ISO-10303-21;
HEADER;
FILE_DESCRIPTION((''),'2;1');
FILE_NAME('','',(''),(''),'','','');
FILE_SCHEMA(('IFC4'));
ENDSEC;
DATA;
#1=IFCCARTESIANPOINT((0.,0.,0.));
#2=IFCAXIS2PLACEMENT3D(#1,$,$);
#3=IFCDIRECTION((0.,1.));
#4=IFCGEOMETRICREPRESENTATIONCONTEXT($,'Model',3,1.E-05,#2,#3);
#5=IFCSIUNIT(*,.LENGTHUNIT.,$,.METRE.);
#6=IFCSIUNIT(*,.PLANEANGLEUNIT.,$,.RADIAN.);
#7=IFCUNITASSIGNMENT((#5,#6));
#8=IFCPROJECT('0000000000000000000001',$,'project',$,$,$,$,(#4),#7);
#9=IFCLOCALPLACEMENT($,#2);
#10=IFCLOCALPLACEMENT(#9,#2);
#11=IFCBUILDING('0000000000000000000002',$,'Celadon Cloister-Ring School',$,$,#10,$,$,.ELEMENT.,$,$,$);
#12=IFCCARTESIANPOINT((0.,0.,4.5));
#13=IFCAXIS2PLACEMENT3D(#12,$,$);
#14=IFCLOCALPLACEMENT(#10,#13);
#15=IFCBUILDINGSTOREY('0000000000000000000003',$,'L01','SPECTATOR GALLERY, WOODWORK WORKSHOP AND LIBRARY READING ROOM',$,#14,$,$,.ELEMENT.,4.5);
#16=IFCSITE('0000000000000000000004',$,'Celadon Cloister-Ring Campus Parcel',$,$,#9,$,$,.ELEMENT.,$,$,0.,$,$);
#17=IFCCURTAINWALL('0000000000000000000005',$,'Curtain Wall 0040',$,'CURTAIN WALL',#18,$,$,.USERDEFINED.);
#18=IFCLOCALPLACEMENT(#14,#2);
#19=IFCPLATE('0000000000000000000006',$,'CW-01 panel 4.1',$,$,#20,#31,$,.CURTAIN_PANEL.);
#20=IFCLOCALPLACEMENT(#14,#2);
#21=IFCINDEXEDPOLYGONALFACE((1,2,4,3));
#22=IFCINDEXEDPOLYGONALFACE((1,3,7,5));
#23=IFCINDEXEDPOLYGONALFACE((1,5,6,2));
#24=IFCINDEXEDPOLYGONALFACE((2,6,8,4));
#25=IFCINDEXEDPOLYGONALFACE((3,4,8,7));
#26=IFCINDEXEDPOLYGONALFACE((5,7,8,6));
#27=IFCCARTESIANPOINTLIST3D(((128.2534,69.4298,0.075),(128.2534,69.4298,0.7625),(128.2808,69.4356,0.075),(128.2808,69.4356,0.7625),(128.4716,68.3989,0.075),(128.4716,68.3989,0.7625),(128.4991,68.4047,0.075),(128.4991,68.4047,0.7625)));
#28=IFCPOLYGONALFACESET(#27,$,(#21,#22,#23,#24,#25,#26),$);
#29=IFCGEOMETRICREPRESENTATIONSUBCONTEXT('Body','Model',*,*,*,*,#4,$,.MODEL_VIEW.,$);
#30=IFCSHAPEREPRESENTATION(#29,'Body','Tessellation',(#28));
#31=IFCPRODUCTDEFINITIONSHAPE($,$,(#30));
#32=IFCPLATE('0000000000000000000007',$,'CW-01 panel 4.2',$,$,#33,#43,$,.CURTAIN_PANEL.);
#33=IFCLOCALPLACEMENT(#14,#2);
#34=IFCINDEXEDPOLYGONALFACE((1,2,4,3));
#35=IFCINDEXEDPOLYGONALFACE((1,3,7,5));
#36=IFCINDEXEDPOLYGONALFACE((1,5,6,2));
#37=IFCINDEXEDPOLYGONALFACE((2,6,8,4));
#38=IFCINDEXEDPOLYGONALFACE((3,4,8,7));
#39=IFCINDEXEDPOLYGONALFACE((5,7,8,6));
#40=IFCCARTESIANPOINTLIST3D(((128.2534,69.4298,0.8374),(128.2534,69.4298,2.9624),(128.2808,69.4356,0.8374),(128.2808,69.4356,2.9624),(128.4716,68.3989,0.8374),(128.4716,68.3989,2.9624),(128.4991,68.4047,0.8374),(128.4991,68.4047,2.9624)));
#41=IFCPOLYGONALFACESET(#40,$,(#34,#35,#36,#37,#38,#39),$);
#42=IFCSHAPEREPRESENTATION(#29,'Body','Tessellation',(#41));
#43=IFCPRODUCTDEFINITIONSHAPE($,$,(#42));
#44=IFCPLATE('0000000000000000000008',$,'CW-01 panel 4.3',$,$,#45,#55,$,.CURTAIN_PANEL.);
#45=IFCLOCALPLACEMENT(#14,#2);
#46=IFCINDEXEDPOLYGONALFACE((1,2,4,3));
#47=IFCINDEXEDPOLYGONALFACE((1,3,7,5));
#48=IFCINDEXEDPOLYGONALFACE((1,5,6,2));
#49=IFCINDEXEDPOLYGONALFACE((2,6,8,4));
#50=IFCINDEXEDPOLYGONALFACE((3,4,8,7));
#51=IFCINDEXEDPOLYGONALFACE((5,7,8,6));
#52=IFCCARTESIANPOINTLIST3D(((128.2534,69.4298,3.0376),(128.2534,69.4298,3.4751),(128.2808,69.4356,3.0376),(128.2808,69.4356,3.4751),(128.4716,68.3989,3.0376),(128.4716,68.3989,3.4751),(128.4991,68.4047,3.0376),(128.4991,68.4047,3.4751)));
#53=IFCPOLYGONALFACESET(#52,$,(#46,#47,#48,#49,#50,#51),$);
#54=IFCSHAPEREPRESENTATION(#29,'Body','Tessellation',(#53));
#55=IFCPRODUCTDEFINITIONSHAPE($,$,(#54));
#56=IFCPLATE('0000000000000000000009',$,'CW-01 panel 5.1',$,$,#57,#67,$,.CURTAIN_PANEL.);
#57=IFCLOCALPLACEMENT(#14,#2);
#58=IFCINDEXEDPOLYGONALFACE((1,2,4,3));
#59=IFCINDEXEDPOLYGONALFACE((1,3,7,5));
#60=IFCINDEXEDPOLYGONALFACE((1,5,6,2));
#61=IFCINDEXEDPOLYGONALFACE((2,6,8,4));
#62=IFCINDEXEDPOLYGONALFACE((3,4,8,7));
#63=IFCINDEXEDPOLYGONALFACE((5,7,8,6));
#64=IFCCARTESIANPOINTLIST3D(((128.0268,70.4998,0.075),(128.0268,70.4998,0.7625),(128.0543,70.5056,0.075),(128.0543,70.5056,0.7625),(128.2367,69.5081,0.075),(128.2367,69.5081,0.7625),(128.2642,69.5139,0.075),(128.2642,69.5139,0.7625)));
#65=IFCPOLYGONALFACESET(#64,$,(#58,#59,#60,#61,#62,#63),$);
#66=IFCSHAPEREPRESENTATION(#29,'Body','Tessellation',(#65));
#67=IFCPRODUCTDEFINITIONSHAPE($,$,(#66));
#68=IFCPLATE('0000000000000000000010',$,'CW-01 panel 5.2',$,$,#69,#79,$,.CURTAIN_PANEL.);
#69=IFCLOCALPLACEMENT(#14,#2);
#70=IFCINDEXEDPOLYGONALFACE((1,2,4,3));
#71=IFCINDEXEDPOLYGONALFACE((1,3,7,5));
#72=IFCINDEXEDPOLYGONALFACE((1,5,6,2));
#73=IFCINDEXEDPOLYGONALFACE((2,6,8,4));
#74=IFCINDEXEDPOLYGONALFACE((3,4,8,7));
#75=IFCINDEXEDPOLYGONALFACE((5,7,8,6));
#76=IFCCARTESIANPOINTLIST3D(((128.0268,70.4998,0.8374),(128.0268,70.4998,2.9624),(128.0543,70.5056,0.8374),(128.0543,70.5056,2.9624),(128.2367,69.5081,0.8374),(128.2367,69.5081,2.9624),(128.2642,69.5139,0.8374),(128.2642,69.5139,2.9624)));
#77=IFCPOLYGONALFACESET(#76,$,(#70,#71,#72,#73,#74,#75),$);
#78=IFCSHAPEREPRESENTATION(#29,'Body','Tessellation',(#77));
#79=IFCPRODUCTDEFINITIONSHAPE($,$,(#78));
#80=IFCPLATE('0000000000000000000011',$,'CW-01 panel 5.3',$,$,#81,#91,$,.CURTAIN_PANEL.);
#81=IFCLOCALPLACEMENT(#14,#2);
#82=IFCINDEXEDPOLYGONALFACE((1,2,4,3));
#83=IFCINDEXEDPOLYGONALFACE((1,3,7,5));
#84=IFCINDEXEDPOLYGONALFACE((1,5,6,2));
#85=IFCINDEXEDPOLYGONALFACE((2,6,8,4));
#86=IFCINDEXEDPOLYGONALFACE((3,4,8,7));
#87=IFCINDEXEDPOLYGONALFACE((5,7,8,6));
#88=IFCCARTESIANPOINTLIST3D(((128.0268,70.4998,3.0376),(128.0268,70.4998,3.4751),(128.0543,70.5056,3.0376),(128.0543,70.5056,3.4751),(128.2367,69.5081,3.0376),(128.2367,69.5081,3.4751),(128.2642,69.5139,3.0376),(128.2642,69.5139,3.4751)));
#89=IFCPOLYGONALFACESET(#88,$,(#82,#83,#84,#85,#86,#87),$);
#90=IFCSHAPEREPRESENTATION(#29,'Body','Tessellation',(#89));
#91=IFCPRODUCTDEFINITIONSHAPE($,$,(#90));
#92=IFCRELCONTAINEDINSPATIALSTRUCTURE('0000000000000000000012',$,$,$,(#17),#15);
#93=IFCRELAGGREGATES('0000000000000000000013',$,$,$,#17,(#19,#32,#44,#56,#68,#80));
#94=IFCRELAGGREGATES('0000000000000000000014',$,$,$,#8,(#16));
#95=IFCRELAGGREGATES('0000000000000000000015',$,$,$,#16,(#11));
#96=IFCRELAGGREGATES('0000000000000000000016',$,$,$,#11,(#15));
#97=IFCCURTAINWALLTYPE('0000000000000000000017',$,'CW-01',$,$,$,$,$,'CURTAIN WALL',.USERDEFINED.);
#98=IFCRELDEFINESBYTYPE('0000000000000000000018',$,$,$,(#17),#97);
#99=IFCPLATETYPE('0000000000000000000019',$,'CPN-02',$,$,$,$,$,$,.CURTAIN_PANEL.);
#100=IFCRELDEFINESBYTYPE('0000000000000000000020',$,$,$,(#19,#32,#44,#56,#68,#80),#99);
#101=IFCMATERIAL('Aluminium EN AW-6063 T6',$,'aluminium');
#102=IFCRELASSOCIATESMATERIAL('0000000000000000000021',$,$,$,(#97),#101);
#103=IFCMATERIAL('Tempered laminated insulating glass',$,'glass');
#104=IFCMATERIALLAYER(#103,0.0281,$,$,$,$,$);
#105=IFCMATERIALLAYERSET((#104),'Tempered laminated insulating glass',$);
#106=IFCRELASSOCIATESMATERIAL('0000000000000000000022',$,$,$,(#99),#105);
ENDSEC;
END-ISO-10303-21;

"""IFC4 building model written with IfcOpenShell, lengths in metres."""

from ifc_helpers import new_model, si_unit, direction, frame, origin, origin_2d, place, context, subcontext, project, spatial, rectangle, extrude, material, layer, layer_set, type_object, element, aggregate, save


model = new_model("IFC4")

# Units and contexts
model_context = context("Model", 3, precision=1e-05, world=origin(), true_north=direction((0.0, 1.0)))
body_context = subcontext(model_context, "Body", "Model", "MODEL_VIEW")
ifc_project = project(units=[si_unit("LENGTHUNIT", "METRE"), si_unit("PLANEANGLEUNIT", "RADIAN")], contexts=[model_context])

# Site, building, storey
site_placement = place(None, origin())
site = spatial("IfcSite", under=ifc_project, at=site_placement, Name="Celadon Cloister-Ring Campus Parcel", CompositionType="ELEMENT", RefElevation=0.0)
building_placement = place(site_placement, origin())
building = spatial("IfcBuilding", under=site, at=building_placement, Name="Celadon Cloister-Ring School", CompositionType="ELEMENT")
storey_placement = place(building_placement, frame((0.0, 0.0, 4.5)))
storey = spatial("IfcBuildingStorey", under=building, at=storey_placement, Name="L01", Description="SPECTATOR GALLERY, WOODWORK WORKSHOP AND LIBRARY READING ROOM", CompositionType="ELEMENT", Elevation=4.5)

# Curtain wall, plates
ifc_material_1 = material(Name="Aluminium EN AW-6063 T6", Category="aluminium")
curtain_wall_type = type_object("IfcCurtainWallType", Name="CW-01", ElementType="CURTAIN WALL", PredefinedType="USERDEFINED", material=ifc_material_1)
curtain_wall_placement = place(storey_placement, origin())
curtain_wall = element("IfcCurtainWall", 1, at=curtain_wall_placement, inside=storey, type_object=curtain_wall_type, Name="Curtain Wall 0040", ObjectType="CURTAIN WALL", PredefinedType="USERDEFINED")
ifc_material_2 = material(Name="Tempered laminated insulating glass", Category="glass")
ifc_layer = layer(ifc_material_2, 0.0281)
ifc_layer_set = layer_set([ifc_layer], Name="Tempered laminated insulating glass")
plate_type = type_object("IfcPlateType", Name="CPN-02", PredefinedType="CURTAIN_PANEL", material=ifc_layer_set)
plate_1_placement = place(storey_placement, frame((128.3762, 68.9172, 0.075), z_axis=(0.0, 0.0, 1.0), x_axis=(-0.207095, 0.978321, 0.0)))
plate_1 = element("IfcPlate", 2, at=plate_1_placement, type_object=plate_type, Name="CW-01 panel 4.1", PredefinedType="CURTAIN_PANEL", context=body_context, shape_type="SweptSolid", body=[
    extrude(rectangle(XDim=1.0537, YDim=0.0281, at=origin_2d()), origin(), (0.0, 0.0, 1.0), 0.6875),
])
plate_2_placement = place(storey_placement, frame((128.3762, 68.9172, 0.8374), z_axis=(0.0, 0.0, 1.0), x_axis=(-0.207095, 0.978321, 0.0)))
plate_2 = element("IfcPlate", 3, at=plate_2_placement, type_object=plate_type, Name="CW-01 panel 4.2", PredefinedType="CURTAIN_PANEL", context=body_context, shape_type="SweptSolid", body=[
    extrude(rectangle(XDim=1.0537, YDim=0.0281, at=origin_2d()), origin(), (0.0, 0.0, 1.0), 2.125),
])
plate_3_placement = place(storey_placement, frame((128.3762, 68.9172, 3.0376), z_axis=(0.0, 0.0, 1.0), x_axis=(-0.207095, 0.978321, 0.0)))
plate_3 = element("IfcPlate", 4, at=plate_3_placement, type_object=plate_type, Name="CW-01 panel 4.3", PredefinedType="CURTAIN_PANEL", context=body_context, shape_type="SweptSolid", body=[
    extrude(rectangle(XDim=1.0537, YDim=0.0281, at=origin_2d()), origin(), (0.0, 0.0, 1.0), 0.4375),
])
plate_4_placement = place(storey_placement, frame((128.1455, 70.0068, 0.075), z_axis=(0.0, 0.0, 1.0), x_axis=(-0.207095, 0.978321, 0.0)))
plate_4 = element("IfcPlate", 5, at=plate_4_placement, type_object=plate_type, Name="CW-01 panel 5.1", PredefinedType="CURTAIN_PANEL", context=body_context, shape_type="SweptSolid", body=[
    extrude(rectangle(XDim=1.0137, YDim=0.0281, at=origin_2d()), origin(), (0.0, 0.0, 1.0), 0.6875),
])
plate_5_placement = place(storey_placement, frame((128.1455, 70.0068, 0.8374), z_axis=(0.0, 0.0, 1.0), x_axis=(-0.207095, 0.978321, 0.0)))
plate_5 = element("IfcPlate", 6, at=plate_5_placement, type_object=plate_type, Name="CW-01 panel 5.2", PredefinedType="CURTAIN_PANEL", context=body_context, shape_type="SweptSolid", body=[
    extrude(rectangle(XDim=1.0137, YDim=0.0281, at=origin_2d()), origin(), (0.0, 0.0, 1.0), 2.125),
])
plate_6_placement = place(storey_placement, frame((128.1455, 70.0068, 3.0376), z_axis=(0.0, 0.0, 1.0), x_axis=(-0.207095, 0.978321, 0.0)))
plate_6 = element("IfcPlate", 7, at=plate_6_placement, type_object=plate_type, Name="CW-01 panel 5.3", PredefinedType="CURTAIN_PANEL", context=body_context, shape_type="SweptSolid", body=[
    extrude(rectangle(XDim=1.0137, YDim=0.0281, at=origin_2d()), origin(), (0.0, 0.0, 1.0), 0.4375),
])
aggregate(curtain_wall, [plate_1, plate_2, plate_3, plate_4, plate_5, plate_6])

save(model, "model.ifc")
